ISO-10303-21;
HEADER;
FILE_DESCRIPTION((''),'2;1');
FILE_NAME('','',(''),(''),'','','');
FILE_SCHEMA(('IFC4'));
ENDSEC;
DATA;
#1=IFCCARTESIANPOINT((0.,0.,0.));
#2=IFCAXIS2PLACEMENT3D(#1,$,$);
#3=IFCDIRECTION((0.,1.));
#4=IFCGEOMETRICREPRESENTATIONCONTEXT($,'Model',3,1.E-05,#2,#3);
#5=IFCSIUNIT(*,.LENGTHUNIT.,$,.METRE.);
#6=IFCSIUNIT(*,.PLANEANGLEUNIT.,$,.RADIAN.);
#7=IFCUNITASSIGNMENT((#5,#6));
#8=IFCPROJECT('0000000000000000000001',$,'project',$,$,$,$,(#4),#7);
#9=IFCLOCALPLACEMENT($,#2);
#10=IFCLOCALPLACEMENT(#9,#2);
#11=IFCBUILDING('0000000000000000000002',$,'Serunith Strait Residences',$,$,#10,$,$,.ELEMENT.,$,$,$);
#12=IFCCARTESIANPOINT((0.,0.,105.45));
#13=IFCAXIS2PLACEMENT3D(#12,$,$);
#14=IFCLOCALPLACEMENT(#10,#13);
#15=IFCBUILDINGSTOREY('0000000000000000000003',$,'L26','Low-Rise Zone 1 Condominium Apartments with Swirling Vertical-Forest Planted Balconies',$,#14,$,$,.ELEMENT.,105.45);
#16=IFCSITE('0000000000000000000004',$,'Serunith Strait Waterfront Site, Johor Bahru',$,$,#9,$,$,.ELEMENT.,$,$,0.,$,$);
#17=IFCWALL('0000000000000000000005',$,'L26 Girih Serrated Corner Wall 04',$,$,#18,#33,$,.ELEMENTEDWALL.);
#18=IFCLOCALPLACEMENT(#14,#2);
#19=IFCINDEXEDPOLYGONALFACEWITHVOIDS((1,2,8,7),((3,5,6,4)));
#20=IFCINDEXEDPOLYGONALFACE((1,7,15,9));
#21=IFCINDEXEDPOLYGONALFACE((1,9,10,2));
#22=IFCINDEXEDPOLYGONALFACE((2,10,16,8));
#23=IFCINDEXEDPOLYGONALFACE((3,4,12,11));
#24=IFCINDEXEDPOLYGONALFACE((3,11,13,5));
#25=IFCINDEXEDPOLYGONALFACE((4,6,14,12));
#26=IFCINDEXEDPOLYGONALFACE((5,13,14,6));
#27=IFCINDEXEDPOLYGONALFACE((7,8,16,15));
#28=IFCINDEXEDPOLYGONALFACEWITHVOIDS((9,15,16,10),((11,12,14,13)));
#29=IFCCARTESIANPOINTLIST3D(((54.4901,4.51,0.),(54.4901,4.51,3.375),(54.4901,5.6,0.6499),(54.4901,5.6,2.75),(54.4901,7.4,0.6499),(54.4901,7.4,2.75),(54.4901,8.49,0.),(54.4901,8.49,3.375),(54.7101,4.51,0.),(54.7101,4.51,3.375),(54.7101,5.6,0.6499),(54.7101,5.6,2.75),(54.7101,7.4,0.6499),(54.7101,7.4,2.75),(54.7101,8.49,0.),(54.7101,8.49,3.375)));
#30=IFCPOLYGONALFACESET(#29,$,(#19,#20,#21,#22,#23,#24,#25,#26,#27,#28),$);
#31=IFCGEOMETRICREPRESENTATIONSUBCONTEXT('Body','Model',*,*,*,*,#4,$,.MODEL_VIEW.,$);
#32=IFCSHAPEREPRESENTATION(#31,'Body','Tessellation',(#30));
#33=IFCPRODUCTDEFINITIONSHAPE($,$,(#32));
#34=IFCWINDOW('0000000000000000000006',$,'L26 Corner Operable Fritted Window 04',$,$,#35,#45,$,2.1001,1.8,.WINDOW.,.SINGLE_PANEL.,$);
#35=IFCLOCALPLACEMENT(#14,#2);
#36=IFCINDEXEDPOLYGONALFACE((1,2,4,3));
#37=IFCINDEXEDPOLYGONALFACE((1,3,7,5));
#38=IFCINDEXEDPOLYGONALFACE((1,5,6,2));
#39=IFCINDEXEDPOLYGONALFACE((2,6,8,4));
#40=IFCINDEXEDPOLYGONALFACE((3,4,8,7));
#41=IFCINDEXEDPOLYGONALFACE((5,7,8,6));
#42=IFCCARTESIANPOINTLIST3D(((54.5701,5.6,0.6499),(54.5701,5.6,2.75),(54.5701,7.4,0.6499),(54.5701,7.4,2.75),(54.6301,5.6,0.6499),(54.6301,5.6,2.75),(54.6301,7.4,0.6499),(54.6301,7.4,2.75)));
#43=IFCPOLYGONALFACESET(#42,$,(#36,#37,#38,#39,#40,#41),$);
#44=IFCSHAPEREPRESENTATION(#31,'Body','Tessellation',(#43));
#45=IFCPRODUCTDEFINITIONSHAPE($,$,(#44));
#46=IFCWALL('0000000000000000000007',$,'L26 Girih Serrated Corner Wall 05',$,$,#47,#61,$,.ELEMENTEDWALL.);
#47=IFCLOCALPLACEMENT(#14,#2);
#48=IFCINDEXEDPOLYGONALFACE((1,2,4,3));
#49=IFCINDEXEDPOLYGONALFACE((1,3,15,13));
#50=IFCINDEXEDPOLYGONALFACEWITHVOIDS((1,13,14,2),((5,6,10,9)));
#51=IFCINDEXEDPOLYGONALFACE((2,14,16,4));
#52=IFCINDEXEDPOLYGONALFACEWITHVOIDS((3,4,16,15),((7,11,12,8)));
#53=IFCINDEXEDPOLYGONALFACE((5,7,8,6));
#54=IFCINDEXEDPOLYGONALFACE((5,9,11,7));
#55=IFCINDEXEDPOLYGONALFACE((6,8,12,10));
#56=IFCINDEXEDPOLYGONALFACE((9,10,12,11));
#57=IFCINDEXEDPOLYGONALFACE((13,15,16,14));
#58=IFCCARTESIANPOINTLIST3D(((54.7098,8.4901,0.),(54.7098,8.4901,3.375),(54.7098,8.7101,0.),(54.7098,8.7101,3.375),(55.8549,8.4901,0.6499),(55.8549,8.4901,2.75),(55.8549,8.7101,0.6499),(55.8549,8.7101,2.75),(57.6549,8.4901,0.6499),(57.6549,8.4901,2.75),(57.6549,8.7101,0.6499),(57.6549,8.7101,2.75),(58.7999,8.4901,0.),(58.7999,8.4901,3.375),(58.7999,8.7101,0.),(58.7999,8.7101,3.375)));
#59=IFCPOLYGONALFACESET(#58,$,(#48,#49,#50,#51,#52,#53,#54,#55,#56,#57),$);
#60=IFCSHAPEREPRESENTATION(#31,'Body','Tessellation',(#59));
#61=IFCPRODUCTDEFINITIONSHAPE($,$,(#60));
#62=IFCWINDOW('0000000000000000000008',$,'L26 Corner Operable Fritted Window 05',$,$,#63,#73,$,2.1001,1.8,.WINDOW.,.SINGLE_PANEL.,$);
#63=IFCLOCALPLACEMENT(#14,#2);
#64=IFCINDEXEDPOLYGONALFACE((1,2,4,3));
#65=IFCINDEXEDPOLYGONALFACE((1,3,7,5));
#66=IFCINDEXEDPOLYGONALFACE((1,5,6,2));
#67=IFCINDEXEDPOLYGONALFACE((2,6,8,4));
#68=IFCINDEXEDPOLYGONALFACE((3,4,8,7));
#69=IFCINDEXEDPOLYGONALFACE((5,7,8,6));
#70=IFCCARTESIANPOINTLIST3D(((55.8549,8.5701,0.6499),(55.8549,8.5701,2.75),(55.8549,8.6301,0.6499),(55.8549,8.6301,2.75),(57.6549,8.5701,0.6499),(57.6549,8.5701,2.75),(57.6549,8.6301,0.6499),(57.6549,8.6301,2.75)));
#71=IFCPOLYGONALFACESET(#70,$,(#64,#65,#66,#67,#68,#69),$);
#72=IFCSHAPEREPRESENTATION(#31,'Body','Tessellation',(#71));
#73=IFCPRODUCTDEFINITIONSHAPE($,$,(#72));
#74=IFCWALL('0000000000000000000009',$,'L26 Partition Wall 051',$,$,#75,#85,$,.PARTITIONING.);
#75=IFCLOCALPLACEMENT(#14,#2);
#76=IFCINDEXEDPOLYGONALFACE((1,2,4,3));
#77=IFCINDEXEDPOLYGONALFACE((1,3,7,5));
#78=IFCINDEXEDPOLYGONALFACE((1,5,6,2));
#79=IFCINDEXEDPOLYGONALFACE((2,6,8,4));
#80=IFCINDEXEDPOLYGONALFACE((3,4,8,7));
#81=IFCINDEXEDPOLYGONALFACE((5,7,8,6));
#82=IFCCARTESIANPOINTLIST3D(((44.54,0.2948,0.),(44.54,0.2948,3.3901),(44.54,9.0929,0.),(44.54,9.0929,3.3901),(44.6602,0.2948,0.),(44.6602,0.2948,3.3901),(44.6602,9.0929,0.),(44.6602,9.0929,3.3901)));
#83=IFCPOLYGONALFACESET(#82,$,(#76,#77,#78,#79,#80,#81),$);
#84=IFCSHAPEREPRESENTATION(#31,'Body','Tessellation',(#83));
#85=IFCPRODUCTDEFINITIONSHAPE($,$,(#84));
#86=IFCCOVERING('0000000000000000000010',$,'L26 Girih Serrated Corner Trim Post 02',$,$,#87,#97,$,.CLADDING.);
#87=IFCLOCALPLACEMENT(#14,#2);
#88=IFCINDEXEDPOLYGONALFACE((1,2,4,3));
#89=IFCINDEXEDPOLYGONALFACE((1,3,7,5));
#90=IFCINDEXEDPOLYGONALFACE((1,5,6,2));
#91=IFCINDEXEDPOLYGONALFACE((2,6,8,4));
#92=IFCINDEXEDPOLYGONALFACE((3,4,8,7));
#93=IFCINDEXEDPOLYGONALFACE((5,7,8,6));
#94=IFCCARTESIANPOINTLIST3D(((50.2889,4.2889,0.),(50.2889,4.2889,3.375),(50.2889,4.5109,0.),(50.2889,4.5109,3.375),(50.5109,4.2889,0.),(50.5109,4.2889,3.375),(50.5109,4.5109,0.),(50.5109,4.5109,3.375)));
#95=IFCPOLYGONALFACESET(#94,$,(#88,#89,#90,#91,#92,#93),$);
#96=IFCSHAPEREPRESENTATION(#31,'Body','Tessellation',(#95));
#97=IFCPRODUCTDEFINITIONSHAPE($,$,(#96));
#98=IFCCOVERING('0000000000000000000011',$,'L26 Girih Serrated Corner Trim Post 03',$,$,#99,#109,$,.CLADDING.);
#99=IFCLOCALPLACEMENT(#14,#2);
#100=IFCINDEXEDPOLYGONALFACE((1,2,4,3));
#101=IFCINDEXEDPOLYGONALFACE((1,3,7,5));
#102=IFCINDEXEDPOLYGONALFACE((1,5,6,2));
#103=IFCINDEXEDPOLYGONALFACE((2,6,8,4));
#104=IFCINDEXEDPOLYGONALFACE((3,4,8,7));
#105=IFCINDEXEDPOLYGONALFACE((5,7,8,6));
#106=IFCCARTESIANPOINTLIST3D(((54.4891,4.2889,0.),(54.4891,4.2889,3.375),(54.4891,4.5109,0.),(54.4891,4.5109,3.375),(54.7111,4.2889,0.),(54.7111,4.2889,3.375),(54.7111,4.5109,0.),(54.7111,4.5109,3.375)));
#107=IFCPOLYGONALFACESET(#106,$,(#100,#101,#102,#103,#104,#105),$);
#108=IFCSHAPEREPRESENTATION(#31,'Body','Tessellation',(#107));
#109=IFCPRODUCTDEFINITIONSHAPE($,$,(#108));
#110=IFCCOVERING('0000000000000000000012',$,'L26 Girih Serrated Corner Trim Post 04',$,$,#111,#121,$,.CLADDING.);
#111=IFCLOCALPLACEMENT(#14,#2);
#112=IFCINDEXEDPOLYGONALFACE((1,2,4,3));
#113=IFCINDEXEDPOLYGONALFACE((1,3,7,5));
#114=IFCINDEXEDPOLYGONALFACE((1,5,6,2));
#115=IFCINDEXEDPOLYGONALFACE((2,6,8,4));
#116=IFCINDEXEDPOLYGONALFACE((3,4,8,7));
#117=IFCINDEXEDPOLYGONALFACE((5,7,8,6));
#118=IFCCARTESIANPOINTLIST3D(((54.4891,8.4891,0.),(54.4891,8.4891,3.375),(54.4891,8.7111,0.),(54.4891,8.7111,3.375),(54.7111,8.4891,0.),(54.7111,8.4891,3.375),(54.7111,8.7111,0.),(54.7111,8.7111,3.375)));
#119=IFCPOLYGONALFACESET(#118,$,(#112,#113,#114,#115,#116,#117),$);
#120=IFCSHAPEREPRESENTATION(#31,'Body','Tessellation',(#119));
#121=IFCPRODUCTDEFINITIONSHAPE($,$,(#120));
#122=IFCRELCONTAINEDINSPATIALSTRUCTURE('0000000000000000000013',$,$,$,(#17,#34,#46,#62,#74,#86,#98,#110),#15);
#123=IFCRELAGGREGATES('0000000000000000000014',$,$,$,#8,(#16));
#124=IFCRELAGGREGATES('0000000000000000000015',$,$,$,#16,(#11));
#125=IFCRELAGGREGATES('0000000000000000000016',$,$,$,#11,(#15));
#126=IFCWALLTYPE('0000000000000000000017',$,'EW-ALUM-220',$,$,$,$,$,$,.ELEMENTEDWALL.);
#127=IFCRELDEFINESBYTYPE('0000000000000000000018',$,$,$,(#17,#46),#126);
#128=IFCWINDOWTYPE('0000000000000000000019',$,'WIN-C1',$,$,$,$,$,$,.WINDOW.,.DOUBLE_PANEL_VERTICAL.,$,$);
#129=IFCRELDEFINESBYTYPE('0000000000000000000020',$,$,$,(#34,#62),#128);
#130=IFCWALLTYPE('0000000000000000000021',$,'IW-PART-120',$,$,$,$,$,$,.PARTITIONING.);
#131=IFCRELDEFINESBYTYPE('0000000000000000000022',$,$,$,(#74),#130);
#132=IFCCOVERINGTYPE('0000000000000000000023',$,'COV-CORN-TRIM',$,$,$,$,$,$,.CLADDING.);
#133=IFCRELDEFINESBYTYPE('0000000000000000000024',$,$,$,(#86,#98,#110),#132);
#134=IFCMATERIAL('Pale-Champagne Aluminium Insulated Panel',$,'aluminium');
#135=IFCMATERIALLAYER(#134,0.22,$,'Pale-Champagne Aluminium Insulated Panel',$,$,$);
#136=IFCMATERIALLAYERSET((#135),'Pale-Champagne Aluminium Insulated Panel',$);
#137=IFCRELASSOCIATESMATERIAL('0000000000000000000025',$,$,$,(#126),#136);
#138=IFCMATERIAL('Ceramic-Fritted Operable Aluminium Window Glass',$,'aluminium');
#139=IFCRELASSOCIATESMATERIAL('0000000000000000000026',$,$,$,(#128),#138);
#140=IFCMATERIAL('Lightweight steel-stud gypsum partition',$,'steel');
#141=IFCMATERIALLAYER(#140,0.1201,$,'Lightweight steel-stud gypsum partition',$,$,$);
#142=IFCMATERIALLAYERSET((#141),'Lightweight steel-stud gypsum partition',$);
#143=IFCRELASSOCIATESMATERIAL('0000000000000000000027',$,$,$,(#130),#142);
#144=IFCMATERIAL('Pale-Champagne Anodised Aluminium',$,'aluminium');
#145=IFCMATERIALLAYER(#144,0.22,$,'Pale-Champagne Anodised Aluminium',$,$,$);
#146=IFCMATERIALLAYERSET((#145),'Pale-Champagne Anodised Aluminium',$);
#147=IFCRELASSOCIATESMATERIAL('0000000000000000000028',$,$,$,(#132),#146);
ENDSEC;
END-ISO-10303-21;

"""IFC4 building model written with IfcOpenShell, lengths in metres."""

from ifc_helpers import new_model, si_unit, direction, frame, frame_2d, origin, origin_2d, place, context, subcontext, project, spatial, rectangle, extrude, source, transform, mapped, material, layer, layer_set, type_object, element, fill, save


model = new_model("IFC4")

# Units and contexts
model_context = context("Model", 3, precision=1e-05, world=origin(), true_north=direction((0.0, 1.0)))
body_context = subcontext(model_context, "Body", "Model", "MODEL_VIEW")
ifc_project = project(units=[si_unit("LENGTHUNIT", "METRE"), si_unit("PLANEANGLEUNIT", "RADIAN")], contexts=[model_context])

# Site, building, storey
site_placement = place(None, origin())
site = spatial("IfcSite", under=ifc_project, at=site_placement, Name="Serunith Strait Waterfront Site, Johor Bahru", CompositionType="ELEMENT", RefElevation=0.0)
building_placement = place(site_placement, origin())
building = spatial("IfcBuilding", under=site, at=building_placement, Name="Serunith Strait Residences", CompositionType="ELEMENT")
storey_placement = place(building_placement, frame((0.0, 0.0, 105.45)))
storey = spatial("IfcBuildingStorey", under=building, at=storey_placement, Name="L26", Description="Low-Rise Zone 1 Condominium Apartments with Swirling Vertical-Forest Planted Balconies", CompositionType="ELEMENT", Elevation=105.45)

# Shared definitions
ifc_material_1 = material(Name="Pale-Champagne Anodised Aluminium", Category="aluminium")

# Walls, openings, windows
ifc_material_2 = material(Name="Pale-Champagne Aluminium Insulated Panel", Category="aluminium")
ifc_layer_1 = layer(ifc_material_2, 0.22, Name="Pale-Champagne Aluminium Insulated Panel")
ifc_layer_set_1 = layer_set([ifc_layer_1], Name="Pale-Champagne Aluminium Insulated Panel")
wall_type_1 = type_object("IfcWallType", Name="EW-ALUM-220", PredefinedType="ELEMENTEDWALL", material=ifc_layer_set_1)
ifc_material_3 = material(Name="Ceramic-Fritted Operable Aluminium Window Glass", Category="aluminium")
window_type = type_object("IfcWindowType", Name="WIN-C1", PartitioningType="DOUBLE_PANEL_VERTICAL", PredefinedType="WINDOW", material=ifc_material_3)
shared_shape_1 = source(origin(), body_context, "Body", "SweptSolid", [
    extrude(rectangle(XDim=1.8, YDim=2.1001, at=frame_2d((0.8999, 1.05))), frame((0.0, 0.03, 0.0), z_axis=(0.0, -1.0, 0.0), x_axis=(1.0, 0.0, 0.0)), (0.0, 0.0, 1.0), 0.0601),
])
wall_1_placement = place(storey_placement, frame((54.6001, 4.51, 0.0), z_axis=(0.0, 0.0, 1.0), x_axis=(0.0, 1.0, 0.0)))
wall_1 = element("IfcWall", 1, at=wall_1_placement, inside=storey, type_object=wall_type_1, Name="L26 Girih Serrated Corner Wall 04", PredefinedType="ELEMENTEDWALL", context=body_context, shape_type="SweptSolid", body=[
    extrude(rectangle(XDim=3.98, YDim=0.22, at=frame_2d((1.99, 0.0))), origin(), (0.0, 0.0, 1.0), 3.375),
])
opening_1_placement = place(wall_1_placement, frame((1.0901, 0.0, 0.6499)))
opening_1 = element("IfcOpeningElement", 2, at=opening_1_placement, cuts=wall_1, PredefinedType="OPENING", context=body_context, shape_type="SweptSolid", body=[
    extrude(rectangle(XDim=1.8, YDim=2.1001, at=frame_2d((0.8999, 1.05))), frame((0.0, 0.1201, 0.0), z_axis=(0.0, -1.0, 0.0), x_axis=(1.0, 0.0, 0.0)), (0.0, 0.0, 1.0), 0.24),
])
window_1_placement = place(opening_1_placement, origin())
window_1 = element("IfcWindow", 3, at=window_1_placement, inside=storey, type_object=window_type, Name="L26 Corner Operable Fritted Window 04", OverallHeight=2.1001, OverallWidth=1.8, PartitioningType="SINGLE_PANEL", PredefinedType="WINDOW", context=body_context, shape_type="MappedRepresentation", body=[
    mapped(shared_shape_1, transform((0.0, 0.0, 0.0), scale=1.0)),
])
fill(opening_1, window_1)
wall_2_placement = place(storey_placement, frame((54.71, 8.6001, 0.0), z_axis=(0.0, 0.0, 1.0), x_axis=(1.0, 0.0, 0.0)))
wall_2 = element("IfcWall", 4, at=wall_2_placement, inside=storey, type_object=wall_type_1, Name="L26 Girih Serrated Corner Wall 05", PredefinedType="ELEMENTEDWALL", context=body_context, shape_type="SweptSolid", body=[
    extrude(rectangle(XDim=4.0901, YDim=0.22, at=frame_2d((2.0449, 0.0))), origin(), (0.0, 0.0, 1.0), 3.375),
])
opening_2_placement = place(wall_2_placement, frame((1.145, 0.0, 0.6499)))
opening_2 = element("IfcOpeningElement", 5, at=opening_2_placement, cuts=wall_2, PredefinedType="OPENING", context=body_context, shape_type="SweptSolid", body=[
    extrude(rectangle(XDim=1.8, YDim=2.1001, at=frame_2d((0.8999, 1.05))), frame((0.0, 0.1201, 0.0), z_axis=(0.0, -1.0, 0.0), x_axis=(1.0, 0.0, 0.0)), (0.0, 0.0, 1.0), 0.24),
])
window_2_placement = place(opening_2_placement, origin())
window_2 = element("IfcWindow", 6, at=window_2_placement, inside=storey, type_object=window_type, Name="L26 Corner Operable Fritted Window 05", OverallHeight=2.1001, OverallWidth=1.8, PartitioningType="SINGLE_PANEL", PredefinedType="WINDOW", context=body_context, shape_type="MappedRepresentation", body=[
    mapped(shared_shape_1, transform((0.0, 0.0, 0.0), scale=1.0)),
])
fill(opening_2, window_2)

# Wall
ifc_material_4 = material(Name="Lightweight steel-stud gypsum partition", Category="steel")
ifc_layer_2 = layer(ifc_material_4, 0.1201, Name="Lightweight steel-stud gypsum partition")
ifc_layer_set_2 = layer_set([ifc_layer_2], Name="Lightweight steel-stud gypsum partition")
wall_type_2 = type_object("IfcWallType", Name="IW-PART-120", PredefinedType="PARTITIONING", material=ifc_layer_set_2)
wall_3_placement = place(storey_placement, frame((44.6001, 0.2949, 0.0), z_axis=(0.0, 0.0, 1.0), x_axis=(0.0, 1.0, 0.0)))
element("IfcWall", 7, at=wall_3_placement, inside=storey, type_object=wall_type_2, Name="L26 Partition Wall 051", PredefinedType="PARTITIONING", context=body_context, shape_type="SweptSolid", body=[
    extrude(rectangle(XDim=8.7981, YDim=0.1201, at=frame_2d((4.3989, 0.0))), origin(), (0.0, 0.0, 1.0), 3.3901),
])

# Coverings
ifc_layer_3 = layer(ifc_material_1, 0.22, Name="Pale-Champagne Anodised Aluminium")
ifc_layer_set_3 = layer_set([ifc_layer_3], Name="Pale-Champagne Anodised Aluminium")
covering_type = type_object("IfcCoveringType", Name="COV-CORN-TRIM", PredefinedType="CLADDING", material=ifc_layer_set_3)
shared_shape_2 = source(origin(), body_context, "Body", "SweptSolid", [
    extrude(rectangle(XDim=0.2219, YDim=0.2219, at=origin_2d()), origin(), (0.0, 0.0, 1.0), 3.375),
])
for number, where, z_axis, x_axis, name in (
    (8, (50.3999, 4.3999, 0.0), (0.0, 0.0, 1.0), (1.0, 0.0, 0.0), "L26 Girih Serrated Corner Trim Post 02"),
    (9, (54.6001, 4.3999, 0.0), (0.0, 0.0, 1.0), (1.0, 0.0, 0.0), "L26 Girih Serrated Corner Trim Post 03"),
    (10, (54.6001, 8.6001, 0.0), (0.0, 0.0, 1.0), (1.0, 0.0, 0.0), "L26 Girih Serrated Corner Trim Post 04"),
):
    element("IfcCovering", number, at=place(storey_placement, frame(where, z_axis=z_axis, x_axis=x_axis)), inside=storey, type_object=covering_type, Name=name, PredefinedType="CLADDING", context=body_context, shape_type="MappedRepresentation", body=[
        mapped(shared_shape_2, transform((0.0, 0.0, 0.0), scale=1.0)),
    ])

save(model, "model.ifc")
